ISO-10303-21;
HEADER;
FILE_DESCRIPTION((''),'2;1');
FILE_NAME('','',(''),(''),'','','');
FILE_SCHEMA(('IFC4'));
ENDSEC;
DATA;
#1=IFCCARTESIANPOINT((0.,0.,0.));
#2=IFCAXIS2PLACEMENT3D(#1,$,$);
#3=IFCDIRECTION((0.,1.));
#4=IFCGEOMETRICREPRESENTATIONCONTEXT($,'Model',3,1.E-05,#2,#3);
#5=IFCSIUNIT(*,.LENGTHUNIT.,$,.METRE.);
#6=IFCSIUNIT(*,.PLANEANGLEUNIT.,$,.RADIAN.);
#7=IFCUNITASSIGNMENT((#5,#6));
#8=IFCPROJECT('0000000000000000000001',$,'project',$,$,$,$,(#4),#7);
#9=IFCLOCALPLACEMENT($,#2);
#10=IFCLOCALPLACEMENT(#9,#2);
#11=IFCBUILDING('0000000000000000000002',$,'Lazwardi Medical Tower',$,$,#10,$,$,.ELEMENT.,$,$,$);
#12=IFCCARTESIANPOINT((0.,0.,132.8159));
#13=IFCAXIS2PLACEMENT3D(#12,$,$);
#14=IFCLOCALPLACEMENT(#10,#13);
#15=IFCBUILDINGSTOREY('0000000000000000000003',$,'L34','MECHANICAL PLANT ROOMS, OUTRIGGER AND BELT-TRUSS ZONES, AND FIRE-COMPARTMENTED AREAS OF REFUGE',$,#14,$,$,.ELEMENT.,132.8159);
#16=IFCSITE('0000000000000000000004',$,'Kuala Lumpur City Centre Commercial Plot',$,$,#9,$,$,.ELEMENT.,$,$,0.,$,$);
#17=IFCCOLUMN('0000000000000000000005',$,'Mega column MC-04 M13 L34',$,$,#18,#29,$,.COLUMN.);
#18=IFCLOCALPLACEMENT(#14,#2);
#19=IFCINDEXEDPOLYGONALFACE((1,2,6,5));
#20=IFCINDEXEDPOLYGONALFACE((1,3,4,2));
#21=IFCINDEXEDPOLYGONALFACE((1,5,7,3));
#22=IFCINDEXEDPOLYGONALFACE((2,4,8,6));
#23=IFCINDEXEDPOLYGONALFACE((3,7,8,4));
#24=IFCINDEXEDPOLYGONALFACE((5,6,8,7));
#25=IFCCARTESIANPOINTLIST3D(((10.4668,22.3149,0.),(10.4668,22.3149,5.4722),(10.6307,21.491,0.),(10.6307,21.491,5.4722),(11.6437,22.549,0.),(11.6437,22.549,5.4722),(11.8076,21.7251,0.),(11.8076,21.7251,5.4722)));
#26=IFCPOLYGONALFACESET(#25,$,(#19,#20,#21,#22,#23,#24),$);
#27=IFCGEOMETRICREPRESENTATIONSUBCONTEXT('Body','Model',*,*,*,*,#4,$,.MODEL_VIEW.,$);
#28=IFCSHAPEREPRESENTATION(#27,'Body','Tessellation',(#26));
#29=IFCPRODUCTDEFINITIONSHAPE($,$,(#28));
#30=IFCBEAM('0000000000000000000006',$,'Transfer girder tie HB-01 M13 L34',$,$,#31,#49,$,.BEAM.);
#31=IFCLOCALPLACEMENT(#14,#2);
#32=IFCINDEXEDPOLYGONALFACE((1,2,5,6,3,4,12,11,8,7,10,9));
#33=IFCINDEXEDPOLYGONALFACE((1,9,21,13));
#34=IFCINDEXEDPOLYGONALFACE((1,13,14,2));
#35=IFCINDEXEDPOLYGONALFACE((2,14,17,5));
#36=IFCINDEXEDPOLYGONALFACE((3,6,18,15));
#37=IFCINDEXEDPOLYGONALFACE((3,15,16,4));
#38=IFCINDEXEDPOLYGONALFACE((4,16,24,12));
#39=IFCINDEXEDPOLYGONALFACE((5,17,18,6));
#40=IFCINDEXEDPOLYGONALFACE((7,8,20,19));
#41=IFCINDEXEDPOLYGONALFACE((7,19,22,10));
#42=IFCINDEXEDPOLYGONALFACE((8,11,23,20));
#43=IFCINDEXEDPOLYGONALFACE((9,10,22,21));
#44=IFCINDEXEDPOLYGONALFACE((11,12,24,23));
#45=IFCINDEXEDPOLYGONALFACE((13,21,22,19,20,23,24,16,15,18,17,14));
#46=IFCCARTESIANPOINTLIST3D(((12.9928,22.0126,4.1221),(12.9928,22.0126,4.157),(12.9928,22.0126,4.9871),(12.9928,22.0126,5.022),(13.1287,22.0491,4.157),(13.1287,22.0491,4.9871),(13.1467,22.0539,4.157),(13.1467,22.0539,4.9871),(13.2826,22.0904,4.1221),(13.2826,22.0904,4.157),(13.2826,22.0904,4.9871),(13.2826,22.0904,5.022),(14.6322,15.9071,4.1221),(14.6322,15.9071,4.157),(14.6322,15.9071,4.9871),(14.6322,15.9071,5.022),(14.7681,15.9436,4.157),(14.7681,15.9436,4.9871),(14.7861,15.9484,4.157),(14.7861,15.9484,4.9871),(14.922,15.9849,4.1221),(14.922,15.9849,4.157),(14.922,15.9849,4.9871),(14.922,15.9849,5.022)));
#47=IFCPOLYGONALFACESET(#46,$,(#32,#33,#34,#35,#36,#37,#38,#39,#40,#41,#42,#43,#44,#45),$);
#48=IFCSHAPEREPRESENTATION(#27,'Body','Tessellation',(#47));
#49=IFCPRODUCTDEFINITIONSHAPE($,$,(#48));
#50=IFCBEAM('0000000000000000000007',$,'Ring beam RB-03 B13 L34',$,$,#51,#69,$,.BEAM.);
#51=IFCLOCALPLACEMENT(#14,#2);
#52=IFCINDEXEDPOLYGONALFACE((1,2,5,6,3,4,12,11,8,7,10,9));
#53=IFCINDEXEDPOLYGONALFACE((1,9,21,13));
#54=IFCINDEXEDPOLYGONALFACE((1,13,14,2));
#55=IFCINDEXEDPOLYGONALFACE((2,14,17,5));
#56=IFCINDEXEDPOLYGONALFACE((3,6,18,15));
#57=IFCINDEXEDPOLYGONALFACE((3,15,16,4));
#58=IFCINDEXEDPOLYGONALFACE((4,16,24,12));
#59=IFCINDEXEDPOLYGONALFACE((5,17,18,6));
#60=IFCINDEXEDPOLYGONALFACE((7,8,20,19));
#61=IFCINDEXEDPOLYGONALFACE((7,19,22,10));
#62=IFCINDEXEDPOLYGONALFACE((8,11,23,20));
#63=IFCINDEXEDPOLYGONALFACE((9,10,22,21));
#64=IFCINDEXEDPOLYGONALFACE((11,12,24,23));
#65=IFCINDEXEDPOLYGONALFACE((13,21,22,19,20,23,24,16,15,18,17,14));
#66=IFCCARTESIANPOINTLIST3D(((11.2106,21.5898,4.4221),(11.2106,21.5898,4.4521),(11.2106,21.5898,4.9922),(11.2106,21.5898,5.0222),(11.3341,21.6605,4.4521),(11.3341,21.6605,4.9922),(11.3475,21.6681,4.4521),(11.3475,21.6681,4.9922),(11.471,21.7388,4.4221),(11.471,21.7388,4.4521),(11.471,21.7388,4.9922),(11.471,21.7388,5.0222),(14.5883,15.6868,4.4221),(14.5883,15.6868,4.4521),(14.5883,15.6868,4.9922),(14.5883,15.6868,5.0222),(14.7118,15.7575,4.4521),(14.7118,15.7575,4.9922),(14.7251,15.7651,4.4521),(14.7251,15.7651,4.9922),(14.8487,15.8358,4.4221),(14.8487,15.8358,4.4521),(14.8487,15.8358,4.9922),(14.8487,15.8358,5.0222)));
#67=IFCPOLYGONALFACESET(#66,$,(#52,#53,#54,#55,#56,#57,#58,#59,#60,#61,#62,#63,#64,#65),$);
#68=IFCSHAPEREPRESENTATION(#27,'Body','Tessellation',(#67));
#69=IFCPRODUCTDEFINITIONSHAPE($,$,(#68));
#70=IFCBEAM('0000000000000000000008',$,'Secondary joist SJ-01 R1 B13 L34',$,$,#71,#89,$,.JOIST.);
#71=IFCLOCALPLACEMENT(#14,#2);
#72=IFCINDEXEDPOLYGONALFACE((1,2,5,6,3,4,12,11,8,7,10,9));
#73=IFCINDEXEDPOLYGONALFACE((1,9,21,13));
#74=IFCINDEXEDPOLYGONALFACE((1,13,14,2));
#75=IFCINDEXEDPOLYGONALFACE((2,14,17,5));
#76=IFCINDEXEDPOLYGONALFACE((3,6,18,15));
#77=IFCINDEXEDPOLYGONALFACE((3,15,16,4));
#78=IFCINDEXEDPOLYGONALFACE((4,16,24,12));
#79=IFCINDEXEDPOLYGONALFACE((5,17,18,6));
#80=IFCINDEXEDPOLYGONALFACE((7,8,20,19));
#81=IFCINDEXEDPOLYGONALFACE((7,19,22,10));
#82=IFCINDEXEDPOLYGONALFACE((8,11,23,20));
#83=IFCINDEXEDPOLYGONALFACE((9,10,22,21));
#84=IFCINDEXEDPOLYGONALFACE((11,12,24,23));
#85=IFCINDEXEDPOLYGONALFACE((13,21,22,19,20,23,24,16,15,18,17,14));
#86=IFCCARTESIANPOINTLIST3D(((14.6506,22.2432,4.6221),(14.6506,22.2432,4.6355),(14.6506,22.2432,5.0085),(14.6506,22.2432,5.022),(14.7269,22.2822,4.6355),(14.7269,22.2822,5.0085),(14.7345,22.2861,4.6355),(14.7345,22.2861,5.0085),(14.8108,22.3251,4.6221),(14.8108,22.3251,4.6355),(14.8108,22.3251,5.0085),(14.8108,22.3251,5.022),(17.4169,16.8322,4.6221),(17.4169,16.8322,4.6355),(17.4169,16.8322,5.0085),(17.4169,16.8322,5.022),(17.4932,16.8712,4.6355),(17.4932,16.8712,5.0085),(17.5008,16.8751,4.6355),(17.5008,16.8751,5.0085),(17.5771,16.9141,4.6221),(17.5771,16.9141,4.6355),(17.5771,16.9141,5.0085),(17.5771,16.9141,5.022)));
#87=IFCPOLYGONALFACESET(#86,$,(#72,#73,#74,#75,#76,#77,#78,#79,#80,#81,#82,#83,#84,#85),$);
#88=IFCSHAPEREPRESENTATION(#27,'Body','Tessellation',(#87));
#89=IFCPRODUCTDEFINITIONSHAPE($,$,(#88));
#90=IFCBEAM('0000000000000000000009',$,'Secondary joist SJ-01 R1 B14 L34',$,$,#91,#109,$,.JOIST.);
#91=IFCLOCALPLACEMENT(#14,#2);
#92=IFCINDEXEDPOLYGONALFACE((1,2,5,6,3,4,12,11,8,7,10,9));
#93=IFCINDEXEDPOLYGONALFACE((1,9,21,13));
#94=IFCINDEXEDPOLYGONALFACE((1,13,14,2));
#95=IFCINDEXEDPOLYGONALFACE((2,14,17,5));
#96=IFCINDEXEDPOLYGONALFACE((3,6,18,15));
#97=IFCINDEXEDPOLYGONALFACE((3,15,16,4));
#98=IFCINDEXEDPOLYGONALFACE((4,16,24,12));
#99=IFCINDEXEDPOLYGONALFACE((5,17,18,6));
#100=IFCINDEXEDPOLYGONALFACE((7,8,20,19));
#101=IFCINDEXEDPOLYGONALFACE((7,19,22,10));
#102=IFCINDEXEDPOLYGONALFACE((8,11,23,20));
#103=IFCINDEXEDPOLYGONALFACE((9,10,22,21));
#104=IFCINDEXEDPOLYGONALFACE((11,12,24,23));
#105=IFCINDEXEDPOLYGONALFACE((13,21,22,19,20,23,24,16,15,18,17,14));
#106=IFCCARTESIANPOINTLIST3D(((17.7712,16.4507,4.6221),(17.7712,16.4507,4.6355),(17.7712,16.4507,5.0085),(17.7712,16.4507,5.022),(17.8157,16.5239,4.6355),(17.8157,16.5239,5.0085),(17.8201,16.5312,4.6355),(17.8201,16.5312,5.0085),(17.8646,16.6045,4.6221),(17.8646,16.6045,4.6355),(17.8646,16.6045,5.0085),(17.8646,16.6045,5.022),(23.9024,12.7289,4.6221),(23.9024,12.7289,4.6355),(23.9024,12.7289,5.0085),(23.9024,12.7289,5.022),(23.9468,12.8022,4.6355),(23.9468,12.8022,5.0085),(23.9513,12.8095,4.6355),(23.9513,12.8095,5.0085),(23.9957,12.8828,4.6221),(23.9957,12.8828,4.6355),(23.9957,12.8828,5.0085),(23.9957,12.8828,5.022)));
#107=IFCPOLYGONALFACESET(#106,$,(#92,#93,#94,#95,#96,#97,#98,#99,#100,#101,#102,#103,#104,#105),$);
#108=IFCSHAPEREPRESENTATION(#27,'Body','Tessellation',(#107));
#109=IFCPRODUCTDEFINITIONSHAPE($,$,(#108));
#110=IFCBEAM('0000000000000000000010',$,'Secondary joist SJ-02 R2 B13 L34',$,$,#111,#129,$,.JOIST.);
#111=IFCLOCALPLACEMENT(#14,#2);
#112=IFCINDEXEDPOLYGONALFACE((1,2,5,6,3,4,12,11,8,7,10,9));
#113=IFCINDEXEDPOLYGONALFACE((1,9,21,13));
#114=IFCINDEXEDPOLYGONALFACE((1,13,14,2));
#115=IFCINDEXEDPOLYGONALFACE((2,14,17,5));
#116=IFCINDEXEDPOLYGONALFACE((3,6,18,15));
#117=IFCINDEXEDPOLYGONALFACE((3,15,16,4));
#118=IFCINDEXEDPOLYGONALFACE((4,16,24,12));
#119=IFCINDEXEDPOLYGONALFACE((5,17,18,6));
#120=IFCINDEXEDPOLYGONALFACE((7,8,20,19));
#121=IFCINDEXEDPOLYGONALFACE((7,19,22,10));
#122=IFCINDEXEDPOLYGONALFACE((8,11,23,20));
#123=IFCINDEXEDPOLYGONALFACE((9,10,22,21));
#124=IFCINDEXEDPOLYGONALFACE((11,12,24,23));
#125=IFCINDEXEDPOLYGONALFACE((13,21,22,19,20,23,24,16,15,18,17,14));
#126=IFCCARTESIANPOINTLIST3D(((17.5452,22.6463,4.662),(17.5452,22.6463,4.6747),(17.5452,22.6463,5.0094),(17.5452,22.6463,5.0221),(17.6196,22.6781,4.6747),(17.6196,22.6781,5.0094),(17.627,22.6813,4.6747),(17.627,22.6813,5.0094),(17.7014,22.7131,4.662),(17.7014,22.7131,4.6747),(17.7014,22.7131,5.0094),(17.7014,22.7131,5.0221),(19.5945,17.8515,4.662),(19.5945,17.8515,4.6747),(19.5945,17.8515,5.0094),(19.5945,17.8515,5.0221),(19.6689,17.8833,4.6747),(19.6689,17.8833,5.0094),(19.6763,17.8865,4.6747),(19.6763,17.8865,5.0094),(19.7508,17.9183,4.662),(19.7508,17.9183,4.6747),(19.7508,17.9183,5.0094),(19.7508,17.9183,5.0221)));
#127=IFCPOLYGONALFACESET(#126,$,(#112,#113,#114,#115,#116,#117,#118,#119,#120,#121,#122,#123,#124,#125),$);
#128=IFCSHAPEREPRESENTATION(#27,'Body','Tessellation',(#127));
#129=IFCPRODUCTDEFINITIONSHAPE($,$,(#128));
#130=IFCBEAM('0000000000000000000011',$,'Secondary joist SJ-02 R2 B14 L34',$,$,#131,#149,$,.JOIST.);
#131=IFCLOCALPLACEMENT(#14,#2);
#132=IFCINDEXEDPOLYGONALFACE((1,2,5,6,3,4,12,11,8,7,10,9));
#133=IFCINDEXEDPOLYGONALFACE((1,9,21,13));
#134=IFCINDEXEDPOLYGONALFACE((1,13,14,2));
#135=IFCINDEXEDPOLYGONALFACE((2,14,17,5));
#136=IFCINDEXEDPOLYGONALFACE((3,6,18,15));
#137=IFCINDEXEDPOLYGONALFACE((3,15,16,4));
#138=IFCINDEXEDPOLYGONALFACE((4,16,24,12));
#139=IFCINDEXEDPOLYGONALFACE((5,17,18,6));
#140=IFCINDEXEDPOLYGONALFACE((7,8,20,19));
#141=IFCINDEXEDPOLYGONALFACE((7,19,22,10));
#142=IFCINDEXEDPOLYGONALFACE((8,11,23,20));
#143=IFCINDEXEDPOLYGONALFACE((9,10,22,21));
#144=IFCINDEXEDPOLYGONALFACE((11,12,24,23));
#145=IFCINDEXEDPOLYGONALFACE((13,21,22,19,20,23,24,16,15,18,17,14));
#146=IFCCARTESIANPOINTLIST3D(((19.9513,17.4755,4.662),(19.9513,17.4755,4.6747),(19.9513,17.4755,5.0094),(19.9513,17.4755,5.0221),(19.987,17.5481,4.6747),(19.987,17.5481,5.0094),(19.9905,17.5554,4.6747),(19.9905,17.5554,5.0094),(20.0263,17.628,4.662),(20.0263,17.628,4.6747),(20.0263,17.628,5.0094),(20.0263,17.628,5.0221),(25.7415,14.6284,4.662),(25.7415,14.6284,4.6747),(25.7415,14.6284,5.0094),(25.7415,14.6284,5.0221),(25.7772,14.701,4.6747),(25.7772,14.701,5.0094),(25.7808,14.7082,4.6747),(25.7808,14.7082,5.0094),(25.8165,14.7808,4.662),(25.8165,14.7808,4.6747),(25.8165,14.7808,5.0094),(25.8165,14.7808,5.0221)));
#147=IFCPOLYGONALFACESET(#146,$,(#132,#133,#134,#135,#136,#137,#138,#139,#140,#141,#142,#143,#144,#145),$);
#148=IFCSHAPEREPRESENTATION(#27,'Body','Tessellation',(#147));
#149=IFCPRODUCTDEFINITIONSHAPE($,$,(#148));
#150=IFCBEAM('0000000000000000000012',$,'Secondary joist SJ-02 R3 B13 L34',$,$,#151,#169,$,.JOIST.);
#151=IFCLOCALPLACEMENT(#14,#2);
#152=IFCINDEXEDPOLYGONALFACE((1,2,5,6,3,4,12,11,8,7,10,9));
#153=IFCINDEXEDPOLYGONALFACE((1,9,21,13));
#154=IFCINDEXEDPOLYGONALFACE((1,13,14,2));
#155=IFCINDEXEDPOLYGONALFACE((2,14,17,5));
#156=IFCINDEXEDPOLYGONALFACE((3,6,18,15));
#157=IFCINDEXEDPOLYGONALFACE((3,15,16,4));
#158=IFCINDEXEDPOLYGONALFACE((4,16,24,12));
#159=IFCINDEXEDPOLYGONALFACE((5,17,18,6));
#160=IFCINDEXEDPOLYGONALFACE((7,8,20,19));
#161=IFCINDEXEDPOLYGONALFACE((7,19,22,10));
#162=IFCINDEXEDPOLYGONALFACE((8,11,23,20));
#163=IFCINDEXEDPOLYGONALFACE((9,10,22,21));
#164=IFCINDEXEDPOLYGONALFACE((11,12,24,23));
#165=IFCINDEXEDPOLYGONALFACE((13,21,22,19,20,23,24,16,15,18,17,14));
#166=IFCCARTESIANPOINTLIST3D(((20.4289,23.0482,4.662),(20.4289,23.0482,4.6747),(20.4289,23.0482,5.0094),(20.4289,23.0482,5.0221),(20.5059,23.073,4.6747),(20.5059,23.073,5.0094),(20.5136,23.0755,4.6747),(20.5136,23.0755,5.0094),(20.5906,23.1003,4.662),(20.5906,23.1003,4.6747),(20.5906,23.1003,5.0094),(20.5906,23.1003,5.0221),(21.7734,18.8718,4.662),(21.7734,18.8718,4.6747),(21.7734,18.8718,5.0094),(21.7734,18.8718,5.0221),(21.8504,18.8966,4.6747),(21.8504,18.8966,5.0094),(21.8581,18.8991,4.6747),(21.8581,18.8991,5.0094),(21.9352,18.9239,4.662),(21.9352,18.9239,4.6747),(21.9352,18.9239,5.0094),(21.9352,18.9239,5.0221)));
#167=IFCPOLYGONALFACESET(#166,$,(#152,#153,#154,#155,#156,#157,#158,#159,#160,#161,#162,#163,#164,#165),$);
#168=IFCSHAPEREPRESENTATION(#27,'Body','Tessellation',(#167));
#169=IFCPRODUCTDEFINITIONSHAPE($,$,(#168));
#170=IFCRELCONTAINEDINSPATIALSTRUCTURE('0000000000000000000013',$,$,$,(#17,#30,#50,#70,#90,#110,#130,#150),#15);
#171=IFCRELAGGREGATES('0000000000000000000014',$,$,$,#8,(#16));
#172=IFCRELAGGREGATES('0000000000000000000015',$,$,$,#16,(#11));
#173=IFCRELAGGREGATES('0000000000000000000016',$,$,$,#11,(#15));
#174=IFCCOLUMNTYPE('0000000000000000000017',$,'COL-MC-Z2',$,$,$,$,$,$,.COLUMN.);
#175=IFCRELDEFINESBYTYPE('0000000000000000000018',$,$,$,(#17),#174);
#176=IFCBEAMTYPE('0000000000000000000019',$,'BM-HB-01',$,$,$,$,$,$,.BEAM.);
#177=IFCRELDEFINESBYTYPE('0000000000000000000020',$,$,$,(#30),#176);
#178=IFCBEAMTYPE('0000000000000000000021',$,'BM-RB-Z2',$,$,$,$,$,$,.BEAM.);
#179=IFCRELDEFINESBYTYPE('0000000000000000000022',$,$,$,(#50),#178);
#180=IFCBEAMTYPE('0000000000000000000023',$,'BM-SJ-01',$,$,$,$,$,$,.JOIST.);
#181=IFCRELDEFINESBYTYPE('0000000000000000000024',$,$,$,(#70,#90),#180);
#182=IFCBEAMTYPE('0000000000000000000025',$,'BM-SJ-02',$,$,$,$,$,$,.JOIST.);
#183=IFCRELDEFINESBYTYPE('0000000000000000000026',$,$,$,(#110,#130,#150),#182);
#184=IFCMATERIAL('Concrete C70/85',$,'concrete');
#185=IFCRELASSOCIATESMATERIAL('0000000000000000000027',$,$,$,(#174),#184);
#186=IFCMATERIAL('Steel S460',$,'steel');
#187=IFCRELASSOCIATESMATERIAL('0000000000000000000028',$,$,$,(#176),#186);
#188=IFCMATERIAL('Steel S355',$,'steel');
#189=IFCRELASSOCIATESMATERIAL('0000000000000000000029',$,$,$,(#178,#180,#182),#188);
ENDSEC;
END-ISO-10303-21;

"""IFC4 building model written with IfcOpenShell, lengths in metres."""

from ifc_helpers import new_model, si_unit, direction, frame, origin, origin_2d, place, context, subcontext, project, spatial, rectangle, i_section, extrude, material, material_profile, profile_set, type_object, element, save


model = new_model("IFC4")

# Units and contexts
model_context = context("Model", 3, precision=1e-05, world=origin(), true_north=direction((0.0, 1.0)))
body_context = subcontext(model_context, "Body", "Model", "MODEL_VIEW")
ifc_project = project(units=[si_unit("LENGTHUNIT", "METRE"), si_unit("PLANEANGLEUNIT", "RADIAN")], contexts=[model_context])

# Site, building, storey
site_placement = place(None, origin())
site = spatial("IfcSite", under=ifc_project, at=site_placement, Name="Kuala Lumpur City Centre Commercial Plot", CompositionType="ELEMENT", RefElevation=0.0)
building_placement = place(site_placement, origin())
building = spatial("IfcBuilding", under=site, at=building_placement, Name="Lazwardi Medical Tower", CompositionType="ELEMENT")
storey_placement = place(building_placement, frame((0.0, 0.0, 132.8159)))
storey = spatial("IfcBuildingStorey", under=building, at=storey_placement, Name="L34", Description="MECHANICAL PLANT ROOMS, OUTRIGGER AND BELT-TRUSS ZONES, AND FIRE-COMPARTMENTED AREAS OF REFUGE", CompositionType="ELEMENT", Elevation=132.8159)

# Column
ifc_material_1 = material(Name="Concrete C70/85", Category="concrete")
ifc_material_profile_1 = material_profile(ifc_material_1, rectangle(XDim=1.2, YDim=0.8401, at=origin_2d()), Name="CFT-RECT 1200x840")
ifc_profile_set_1 = profile_set([ifc_material_profile_1], Name="Concrete C70/85")
column_type = type_object("IfcColumnType", Name="COL-MC-Z2", PredefinedType="COLUMN", material=ifc_profile_set_1)
column_placement = place(storey_placement, frame((11.1372, 22.02, 0.0), z_axis=(0.0, 0.0, 1.0), x_axis=(-0.980785, -0.19509, 0.0)))
element("IfcColumn", 1, at=column_placement, inside=storey, type_object=column_type, Name="Mega column MC-04 M13 L34", PredefinedType="COLUMN", context=body_context, shape_type="SweptSolid", body=[
    extrude(rectangle(XDim=1.2, YDim=0.8401, at=origin_2d()), origin(), (0.0, 0.0, 1.0), 5.4722),
])

# Beams
ifc_material_2 = material(Name="Steel S460", Category="steel")
ifc_material_profile_2 = material_profile(ifc_material_2, i_section(OverallWidth=0.3, OverallDepth=0.8999, WebThickness=0.0186, FlangeThickness=0.0349, at=origin_2d()), Name="HEB 900")
ifc_profile_set_2 = profile_set([ifc_material_profile_2], Name="Steel S460")
beam_type_1 = type_object("IfcBeamType", Name="BM-HB-01", PredefinedType="BEAM", material=ifc_profile_set_2)
beam_1_placement = place(storey_placement, frame((13.1377, 22.0515, 4.572), z_axis=(0.259328, -0.965789, 0.0), x_axis=(0.965789, 0.259328, 0.0)))
element("IfcBeam", 2, at=beam_1_placement, inside=storey, type_object=beam_type_1, Name="Transfer girder tie HB-01 M13 L34", PredefinedType="BEAM", context=body_context, shape_type="SweptSolid", body=[
    extrude(i_section(OverallWidth=0.3, OverallDepth=0.8999, WebThickness=0.0186, FlangeThickness=0.0349, at=origin_2d()), origin(), (0.0, 0.0, 1.0), 6.3218),
])
ifc_material_3 = material(Name="Steel S355", Category="steel")
ifc_material_profile_3 = material_profile(ifc_material_3, i_section(OverallWidth=0.3, OverallDepth=0.6001, WebThickness=0.0154, FlangeThickness=0.03, at=origin_2d()), Name="HEB 600")
ifc_profile_set_3 = profile_set([ifc_material_profile_3], Name="Steel S355")
beam_type_2 = type_object("IfcBeamType", Name="BM-RB-Z2", PredefinedType="BEAM", material=ifc_profile_set_3)
beam_2_placement = place(storey_placement, frame((11.3408, 21.6643, 4.7222), z_axis=(0.496638, -0.867958, 0.0), x_axis=(0.867958, 0.496638, 0.0)))
element("IfcBeam", 3, at=beam_2_placement, inside=storey, type_object=beam_type_2, Name="Ring beam RB-03 B13 L34", PredefinedType="BEAM", context=body_context, shape_type="SweptSolid", body=[
    extrude(i_section(OverallWidth=0.3, OverallDepth=0.6001, WebThickness=0.0154, FlangeThickness=0.03, at=origin_2d()), origin(), (0.0, 0.0, 1.0), 6.801),
])
ifc_material_profile_4 = material_profile(ifc_material_3, i_section(OverallWidth=0.1799, OverallDepth=0.3999, WebThickness=0.0085, FlangeThickness=0.0134, at=origin_2d()), Name="IPE 400")
ifc_profile_set_4 = profile_set([ifc_material_profile_4], Name="Steel S355")
beam_type_3 = type_object("IfcBeamType", Name="BM-SJ-01", PredefinedType="JOIST", material=ifc_profile_set_4)
beam_3_placement = place(storey_placement, frame((14.7307, 22.2842, 4.822), z_axis=(0.455198, -0.89039, 0.0), x_axis=(0.89039, 0.455198, 0.0)))
element("IfcBeam", 4, at=beam_3_placement, inside=storey, type_object=beam_type_3, Name="Secondary joist SJ-01 R1 B13 L34", PredefinedType="JOIST", context=body_context, shape_type="SweptSolid", body=[
    extrude(i_section(OverallWidth=0.1799, OverallDepth=0.3999, WebThickness=0.0085, FlangeThickness=0.0134, at=origin_2d()), origin(), (0.0, 0.0, 1.0), 6.0771),
])
beam_4_placement = place(storey_placement, frame((17.8179, 16.5276, 4.822), z_axis=(0.854836, -0.518899, 0.0), x_axis=(0.518899, 0.854836, 0.0)))
element("IfcBeam", 5, at=beam_4_placement, inside=storey, type_object=beam_type_3, Name="Secondary joist SJ-01 R1 B14 L34", PredefinedType="JOIST", context=body_context, shape_type="SweptSolid", body=[
    extrude(i_section(OverallWidth=0.1799, OverallDepth=0.3999, WebThickness=0.0085, FlangeThickness=0.0134, at=origin_2d()), origin(), (0.0, 0.0, 1.0), 7.1724),
])
ifc_material_profile_5 = material_profile(ifc_material_3, i_section(OverallWidth=0.1699, OverallDepth=0.3601, WebThickness=0.0081, FlangeThickness=0.0127, at=origin_2d()), Name="IPE 360")
ifc_profile_set_5 = profile_set([ifc_material_profile_5], Name="Steel S355")
beam_type_4 = type_object("IfcBeamType", Name="BM-SJ-02", PredefinedType="JOIST", material=ifc_profile_set_5)
beam_5_placement = place(storey_placement, frame((17.6233, 22.6797, 4.842), z_axis=(0.393021, -0.91953, 0.0), x_axis=(0.91953, 0.393021, 0.0)))
element("IfcBeam", 6, at=beam_5_placement, inside=storey, type_object=beam_type_4, Name="Secondary joist SJ-02 R2 B13 L34", PredefinedType="JOIST", context=body_context, shape_type="SweptSolid", body=[
    extrude(i_section(OverallWidth=0.1699, OverallDepth=0.3601, WebThickness=0.0081, FlangeThickness=0.0127, at=origin_2d()), origin(), (0.0, 0.0, 1.0), 5.2144),
])
beam_6_placement = place(storey_placement, frame((19.9888, 17.5518, 4.842), z_axis=(0.897381, -0.441256, 0.0), x_axis=(0.441256, 0.897381, 0.0)))
element("IfcBeam", 7, at=beam_6_placement, inside=storey, type_object=beam_type_4, Name="Secondary joist SJ-02 R2 B14 L34", PredefinedType="JOIST", context=body_context, shape_type="SweptSolid", body=[
    extrude(i_section(OverallWidth=0.1699, OverallDepth=0.3601, WebThickness=0.0081, FlangeThickness=0.0127, at=origin_2d()), origin(), (0.0, 0.0, 1.0), 6.4524),
])
beam_7_placement = place(storey_placement, frame((20.5098, 23.0742, 4.842), z_axis=(0.306445, -0.951888, 0.0), x_axis=(0.951888, 0.306445, 0.0)))
element("IfcBeam", 8, at=beam_7_placement, inside=storey, type_object=beam_type_4, Name="Secondary joist SJ-02 R3 B13 L34", PredefinedType="JOIST", context=body_context, shape_type="SweptSolid", body=[
    extrude(i_section(OverallWidth=0.1699, OverallDepth=0.3601, WebThickness=0.0081, FlangeThickness=0.0127, at=origin_2d()), origin(), (0.0, 0.0, 1.0), 4.3875),
])

save(model, "model.ifc")
